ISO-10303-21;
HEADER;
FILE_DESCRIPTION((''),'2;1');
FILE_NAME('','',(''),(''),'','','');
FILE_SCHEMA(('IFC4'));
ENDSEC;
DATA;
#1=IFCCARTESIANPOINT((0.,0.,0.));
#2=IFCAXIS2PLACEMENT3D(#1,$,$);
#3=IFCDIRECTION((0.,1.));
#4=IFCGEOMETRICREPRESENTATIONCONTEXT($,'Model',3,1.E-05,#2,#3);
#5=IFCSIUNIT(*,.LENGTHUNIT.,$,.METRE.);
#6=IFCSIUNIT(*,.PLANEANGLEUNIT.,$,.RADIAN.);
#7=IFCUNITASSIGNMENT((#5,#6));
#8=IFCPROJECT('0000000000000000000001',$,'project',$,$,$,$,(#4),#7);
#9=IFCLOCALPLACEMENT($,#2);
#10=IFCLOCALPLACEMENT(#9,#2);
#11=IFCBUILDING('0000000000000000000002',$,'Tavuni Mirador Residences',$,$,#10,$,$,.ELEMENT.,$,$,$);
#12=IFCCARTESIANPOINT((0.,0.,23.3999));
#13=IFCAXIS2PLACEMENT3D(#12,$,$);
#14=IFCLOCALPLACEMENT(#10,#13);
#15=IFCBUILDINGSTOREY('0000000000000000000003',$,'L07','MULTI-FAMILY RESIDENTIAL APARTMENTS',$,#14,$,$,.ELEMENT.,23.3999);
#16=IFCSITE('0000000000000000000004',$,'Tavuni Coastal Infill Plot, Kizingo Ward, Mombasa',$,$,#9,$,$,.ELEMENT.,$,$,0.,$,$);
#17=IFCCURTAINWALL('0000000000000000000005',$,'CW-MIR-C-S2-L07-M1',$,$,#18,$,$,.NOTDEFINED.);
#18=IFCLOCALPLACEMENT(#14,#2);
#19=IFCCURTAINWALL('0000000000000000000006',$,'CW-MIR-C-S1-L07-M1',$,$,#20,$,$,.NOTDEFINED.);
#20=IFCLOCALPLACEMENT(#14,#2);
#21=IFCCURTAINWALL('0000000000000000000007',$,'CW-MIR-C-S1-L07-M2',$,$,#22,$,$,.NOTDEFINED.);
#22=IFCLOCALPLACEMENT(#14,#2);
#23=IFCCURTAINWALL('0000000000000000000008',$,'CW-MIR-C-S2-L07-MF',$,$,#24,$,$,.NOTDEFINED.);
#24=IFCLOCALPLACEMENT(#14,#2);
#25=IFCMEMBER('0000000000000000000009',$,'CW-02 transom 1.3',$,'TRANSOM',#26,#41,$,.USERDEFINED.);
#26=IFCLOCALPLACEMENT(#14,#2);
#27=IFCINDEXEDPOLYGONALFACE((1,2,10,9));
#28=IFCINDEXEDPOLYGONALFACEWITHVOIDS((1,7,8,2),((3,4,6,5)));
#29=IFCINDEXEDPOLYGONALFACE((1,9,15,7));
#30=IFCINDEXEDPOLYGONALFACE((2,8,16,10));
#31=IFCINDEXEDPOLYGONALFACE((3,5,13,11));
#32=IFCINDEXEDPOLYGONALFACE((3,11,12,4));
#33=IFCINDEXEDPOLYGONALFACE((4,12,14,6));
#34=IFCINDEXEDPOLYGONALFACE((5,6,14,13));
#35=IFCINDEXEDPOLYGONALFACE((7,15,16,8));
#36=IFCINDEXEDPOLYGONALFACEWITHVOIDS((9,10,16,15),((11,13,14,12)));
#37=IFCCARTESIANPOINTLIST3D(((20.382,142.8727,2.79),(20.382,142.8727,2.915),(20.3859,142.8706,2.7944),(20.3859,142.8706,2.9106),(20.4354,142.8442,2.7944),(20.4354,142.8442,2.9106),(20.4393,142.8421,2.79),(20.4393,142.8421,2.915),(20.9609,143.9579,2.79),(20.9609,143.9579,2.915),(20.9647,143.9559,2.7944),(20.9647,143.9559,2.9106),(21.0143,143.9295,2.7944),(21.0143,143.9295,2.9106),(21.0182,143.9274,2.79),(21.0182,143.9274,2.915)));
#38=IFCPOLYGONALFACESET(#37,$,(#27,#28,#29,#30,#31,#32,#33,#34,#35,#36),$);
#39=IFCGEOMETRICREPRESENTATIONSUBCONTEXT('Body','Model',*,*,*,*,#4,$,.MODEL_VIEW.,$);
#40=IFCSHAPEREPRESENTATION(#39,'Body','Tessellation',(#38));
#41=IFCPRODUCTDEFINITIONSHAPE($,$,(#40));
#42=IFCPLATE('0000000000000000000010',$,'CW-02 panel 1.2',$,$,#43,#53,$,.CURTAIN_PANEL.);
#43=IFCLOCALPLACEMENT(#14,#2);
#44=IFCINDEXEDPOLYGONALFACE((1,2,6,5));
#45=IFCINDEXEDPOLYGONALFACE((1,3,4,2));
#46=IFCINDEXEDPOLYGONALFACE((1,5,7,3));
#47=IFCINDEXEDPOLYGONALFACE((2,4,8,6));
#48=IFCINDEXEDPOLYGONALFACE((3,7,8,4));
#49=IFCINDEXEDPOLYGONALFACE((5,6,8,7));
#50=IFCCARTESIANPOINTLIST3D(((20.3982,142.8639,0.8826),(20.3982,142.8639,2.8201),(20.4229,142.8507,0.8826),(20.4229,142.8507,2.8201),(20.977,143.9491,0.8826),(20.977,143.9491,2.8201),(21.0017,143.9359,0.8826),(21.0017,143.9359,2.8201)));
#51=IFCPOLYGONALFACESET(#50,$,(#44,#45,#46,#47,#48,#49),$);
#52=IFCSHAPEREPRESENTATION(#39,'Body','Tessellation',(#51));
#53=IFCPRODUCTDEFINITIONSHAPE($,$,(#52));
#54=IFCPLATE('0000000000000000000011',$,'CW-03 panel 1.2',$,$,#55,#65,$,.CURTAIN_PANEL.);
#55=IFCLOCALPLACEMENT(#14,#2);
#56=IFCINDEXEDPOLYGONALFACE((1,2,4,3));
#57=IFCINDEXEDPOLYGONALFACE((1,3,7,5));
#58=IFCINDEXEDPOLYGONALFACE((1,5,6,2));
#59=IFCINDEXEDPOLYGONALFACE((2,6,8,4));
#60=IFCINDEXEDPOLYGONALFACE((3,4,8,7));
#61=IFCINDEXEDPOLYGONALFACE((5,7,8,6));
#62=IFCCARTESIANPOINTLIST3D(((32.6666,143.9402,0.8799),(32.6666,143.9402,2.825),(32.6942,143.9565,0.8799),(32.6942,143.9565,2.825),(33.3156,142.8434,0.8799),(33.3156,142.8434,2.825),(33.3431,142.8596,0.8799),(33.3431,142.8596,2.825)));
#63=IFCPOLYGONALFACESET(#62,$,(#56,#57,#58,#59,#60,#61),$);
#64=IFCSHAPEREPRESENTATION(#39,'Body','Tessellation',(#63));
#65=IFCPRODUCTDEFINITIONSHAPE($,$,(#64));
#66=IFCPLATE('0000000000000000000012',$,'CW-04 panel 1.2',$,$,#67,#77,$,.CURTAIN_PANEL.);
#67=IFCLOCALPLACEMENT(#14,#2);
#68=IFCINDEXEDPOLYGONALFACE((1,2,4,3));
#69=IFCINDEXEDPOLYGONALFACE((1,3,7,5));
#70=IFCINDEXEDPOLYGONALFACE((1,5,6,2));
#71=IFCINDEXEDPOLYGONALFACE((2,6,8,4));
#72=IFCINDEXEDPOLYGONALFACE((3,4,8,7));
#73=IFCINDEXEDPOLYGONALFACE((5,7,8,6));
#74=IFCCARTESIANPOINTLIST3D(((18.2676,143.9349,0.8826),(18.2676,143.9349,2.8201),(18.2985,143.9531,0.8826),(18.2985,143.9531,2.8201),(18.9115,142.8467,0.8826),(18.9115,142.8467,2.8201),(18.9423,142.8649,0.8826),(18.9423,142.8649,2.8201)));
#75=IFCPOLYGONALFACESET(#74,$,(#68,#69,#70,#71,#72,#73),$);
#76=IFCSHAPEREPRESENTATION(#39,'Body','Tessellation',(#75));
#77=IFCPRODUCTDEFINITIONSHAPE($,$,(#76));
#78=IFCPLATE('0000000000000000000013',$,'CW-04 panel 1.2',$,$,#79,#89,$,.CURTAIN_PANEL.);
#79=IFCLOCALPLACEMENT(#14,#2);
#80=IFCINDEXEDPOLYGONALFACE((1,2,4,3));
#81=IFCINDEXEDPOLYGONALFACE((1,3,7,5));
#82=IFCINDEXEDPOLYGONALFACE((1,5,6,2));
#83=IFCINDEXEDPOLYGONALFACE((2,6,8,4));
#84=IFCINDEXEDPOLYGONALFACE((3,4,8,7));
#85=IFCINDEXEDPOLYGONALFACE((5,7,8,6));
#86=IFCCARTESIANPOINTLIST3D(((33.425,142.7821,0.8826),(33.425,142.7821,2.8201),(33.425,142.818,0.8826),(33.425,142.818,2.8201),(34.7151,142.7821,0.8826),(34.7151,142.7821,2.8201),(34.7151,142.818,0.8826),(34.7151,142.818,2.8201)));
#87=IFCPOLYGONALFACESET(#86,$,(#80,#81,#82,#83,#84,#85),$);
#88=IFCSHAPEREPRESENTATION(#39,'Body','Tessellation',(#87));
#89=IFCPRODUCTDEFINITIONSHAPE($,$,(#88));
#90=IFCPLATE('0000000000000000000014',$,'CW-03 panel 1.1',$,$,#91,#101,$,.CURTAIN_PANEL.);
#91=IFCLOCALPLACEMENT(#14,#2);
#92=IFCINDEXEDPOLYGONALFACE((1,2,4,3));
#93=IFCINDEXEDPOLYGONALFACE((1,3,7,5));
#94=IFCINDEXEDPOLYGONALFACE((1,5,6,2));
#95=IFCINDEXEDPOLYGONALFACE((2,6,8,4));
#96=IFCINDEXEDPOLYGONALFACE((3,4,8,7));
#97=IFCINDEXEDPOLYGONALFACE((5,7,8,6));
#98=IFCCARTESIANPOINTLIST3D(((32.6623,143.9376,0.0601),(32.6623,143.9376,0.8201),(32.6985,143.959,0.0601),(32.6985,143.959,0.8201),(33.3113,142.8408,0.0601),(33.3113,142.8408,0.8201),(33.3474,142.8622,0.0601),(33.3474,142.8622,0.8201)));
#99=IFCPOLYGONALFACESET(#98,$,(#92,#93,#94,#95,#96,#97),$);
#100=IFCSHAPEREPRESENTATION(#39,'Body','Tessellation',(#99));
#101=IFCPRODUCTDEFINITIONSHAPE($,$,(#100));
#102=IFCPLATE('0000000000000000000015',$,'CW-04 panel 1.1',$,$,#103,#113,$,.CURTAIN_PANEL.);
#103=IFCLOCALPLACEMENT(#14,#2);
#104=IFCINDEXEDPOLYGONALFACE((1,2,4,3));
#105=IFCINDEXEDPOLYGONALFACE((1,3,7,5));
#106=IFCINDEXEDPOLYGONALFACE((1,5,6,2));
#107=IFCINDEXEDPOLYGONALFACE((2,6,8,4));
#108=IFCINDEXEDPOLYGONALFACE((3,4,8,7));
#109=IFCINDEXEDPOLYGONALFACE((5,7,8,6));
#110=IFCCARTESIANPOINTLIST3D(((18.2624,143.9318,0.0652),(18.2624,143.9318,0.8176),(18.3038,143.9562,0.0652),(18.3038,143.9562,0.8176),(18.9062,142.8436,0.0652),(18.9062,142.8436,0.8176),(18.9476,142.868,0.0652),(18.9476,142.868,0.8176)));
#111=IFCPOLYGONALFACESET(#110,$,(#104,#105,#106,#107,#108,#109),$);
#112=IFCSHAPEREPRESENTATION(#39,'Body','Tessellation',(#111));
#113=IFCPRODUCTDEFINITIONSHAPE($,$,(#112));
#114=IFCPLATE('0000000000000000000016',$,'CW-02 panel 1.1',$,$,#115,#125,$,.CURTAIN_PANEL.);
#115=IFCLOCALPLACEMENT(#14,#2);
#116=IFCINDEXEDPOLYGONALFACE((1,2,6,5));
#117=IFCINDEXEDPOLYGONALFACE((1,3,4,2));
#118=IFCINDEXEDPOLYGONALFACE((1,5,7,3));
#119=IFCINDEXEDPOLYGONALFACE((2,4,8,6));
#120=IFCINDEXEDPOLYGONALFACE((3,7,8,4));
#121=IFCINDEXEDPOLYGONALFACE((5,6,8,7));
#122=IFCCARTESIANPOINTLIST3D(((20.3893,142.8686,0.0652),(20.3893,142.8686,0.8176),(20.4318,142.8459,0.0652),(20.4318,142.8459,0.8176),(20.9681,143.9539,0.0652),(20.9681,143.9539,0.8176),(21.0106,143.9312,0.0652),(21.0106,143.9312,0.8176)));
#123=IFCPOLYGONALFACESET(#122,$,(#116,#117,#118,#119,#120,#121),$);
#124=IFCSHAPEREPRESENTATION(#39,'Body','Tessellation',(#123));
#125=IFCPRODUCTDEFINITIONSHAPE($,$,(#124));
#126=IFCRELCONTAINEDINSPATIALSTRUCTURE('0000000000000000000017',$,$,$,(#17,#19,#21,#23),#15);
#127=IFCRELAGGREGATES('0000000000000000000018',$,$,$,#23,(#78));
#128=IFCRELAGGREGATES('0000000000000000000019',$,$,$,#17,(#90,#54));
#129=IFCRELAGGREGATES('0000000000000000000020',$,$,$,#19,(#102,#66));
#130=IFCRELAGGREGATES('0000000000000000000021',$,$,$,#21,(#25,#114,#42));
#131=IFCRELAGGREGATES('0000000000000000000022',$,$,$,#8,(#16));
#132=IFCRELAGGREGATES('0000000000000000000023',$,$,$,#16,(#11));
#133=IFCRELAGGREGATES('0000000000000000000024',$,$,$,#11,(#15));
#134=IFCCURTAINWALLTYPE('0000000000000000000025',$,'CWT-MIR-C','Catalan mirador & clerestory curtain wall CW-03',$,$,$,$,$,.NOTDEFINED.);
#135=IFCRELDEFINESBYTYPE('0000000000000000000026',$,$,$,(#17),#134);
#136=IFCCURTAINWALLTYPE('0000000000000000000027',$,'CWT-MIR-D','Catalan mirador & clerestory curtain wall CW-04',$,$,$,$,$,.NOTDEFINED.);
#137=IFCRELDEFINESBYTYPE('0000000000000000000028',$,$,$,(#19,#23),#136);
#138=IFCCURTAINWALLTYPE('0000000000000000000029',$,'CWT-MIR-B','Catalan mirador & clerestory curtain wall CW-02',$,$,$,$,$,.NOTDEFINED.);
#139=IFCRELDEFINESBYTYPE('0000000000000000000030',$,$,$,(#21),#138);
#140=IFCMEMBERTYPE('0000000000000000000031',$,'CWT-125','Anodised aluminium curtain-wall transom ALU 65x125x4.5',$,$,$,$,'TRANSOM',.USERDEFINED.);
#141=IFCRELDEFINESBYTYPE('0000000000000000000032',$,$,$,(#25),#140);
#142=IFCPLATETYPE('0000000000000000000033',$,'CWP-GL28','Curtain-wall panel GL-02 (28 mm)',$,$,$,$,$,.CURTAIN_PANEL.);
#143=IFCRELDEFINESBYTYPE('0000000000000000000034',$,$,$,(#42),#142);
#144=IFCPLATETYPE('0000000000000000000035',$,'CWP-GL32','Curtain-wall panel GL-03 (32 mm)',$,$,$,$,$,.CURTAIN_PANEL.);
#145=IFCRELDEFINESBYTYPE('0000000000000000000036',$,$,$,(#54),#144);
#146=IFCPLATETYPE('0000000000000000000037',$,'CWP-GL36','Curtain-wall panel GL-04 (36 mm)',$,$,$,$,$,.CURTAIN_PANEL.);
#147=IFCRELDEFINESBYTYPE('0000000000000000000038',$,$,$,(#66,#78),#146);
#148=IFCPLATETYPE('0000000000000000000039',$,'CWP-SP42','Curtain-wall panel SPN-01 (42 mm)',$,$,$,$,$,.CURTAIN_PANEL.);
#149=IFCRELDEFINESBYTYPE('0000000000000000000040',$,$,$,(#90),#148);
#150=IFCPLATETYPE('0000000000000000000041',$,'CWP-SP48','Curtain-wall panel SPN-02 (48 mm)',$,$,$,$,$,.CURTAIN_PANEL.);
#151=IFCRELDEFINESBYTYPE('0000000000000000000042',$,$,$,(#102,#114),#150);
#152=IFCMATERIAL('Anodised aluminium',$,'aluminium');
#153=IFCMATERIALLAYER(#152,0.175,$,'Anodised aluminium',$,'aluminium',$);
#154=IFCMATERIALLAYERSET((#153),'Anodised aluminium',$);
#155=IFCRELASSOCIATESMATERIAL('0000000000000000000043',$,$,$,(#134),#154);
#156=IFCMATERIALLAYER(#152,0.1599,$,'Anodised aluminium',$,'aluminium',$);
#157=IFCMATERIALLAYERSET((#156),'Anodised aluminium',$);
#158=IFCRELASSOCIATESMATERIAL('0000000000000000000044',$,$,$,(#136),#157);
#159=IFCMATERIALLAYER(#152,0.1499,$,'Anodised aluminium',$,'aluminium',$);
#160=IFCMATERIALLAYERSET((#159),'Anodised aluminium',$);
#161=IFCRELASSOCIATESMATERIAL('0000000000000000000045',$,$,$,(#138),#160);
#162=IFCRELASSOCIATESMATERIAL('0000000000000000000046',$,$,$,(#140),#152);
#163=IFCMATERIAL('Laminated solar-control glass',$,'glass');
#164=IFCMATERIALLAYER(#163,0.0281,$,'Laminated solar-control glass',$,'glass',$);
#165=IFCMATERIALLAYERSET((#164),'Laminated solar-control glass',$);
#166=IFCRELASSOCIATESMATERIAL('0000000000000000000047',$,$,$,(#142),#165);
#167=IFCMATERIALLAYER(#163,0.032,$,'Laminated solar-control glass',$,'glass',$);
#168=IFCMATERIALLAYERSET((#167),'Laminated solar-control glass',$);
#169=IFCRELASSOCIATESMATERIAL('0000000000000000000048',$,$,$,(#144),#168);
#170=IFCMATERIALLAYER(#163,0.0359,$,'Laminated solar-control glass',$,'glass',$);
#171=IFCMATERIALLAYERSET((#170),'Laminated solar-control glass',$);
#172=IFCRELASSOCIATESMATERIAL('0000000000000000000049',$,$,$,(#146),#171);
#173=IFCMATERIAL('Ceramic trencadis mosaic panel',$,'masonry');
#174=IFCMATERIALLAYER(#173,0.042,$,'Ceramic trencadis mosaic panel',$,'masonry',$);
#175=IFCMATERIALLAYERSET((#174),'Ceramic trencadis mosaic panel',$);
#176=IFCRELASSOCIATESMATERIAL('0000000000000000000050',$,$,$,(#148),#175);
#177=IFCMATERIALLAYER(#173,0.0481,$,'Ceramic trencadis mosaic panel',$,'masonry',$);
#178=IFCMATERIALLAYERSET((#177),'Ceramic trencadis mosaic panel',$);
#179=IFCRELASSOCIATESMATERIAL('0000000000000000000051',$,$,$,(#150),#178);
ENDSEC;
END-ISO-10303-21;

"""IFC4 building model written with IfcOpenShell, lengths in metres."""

from ifc_helpers import new_model, si_unit, direction, frame, origin, origin_2d, place, context, subcontext, project, spatial, rectangle, hollow_rectangle, extrude, material, layer, layer_set, material_profile, profile_set, type_object, element, aggregate, save


model = new_model("IFC4")

# Units and contexts
model_context = context("Model", 3, precision=1e-05, world=origin(), true_north=direction((0.0, 1.0)))
body_context = subcontext(model_context, "Body", "Model", "MODEL_VIEW")
ifc_project = project(units=[si_unit("LENGTHUNIT", "METRE"), si_unit("PLANEANGLEUNIT", "RADIAN")], contexts=[model_context])

# Site, building, storey
site_placement = place(None, origin())
site = spatial("IfcSite", under=ifc_project, at=site_placement, Name="Tavuni Coastal Infill Plot, Kizingo Ward, Mombasa", CompositionType="ELEMENT", RefElevation=0.0)
building_placement = place(site_placement, origin())
building = spatial("IfcBuilding", under=site, at=building_placement, Name="Tavuni Mirador Residences", CompositionType="ELEMENT")
storey_placement = place(building_placement, frame((0.0, 0.0, 23.3999)))
storey = spatial("IfcBuildingStorey", under=building, at=storey_placement, Name="L07", Description="MULTI-FAMILY RESIDENTIAL APARTMENTS", CompositionType="ELEMENT", Elevation=23.3999)

# Curtain walls
ifc_material_1 = material(Name="Anodised aluminium", Category="aluminium")
ifc_layer_1 = layer(ifc_material_1, 0.175, Name="Anodised aluminium", Category="aluminium")
ifc_layer_set_1 = layer_set([ifc_layer_1], Name="Anodised aluminium")
curtain_wall_type_1 = type_object("IfcCurtainWallType", Name="CWT-MIR-C", Description="Catalan mirador & clerestory curtain wall CW-03", PredefinedType="NOTDEFINED", material=ifc_layer_set_1)
curtain_wall_1_placement = place(storey_placement, origin())
curtain_wall_1 = element("IfcCurtainWall", 1, at=curtain_wall_1_placement, inside=storey, type_object=curtain_wall_type_1, Name="CW-MIR-C-S2-L07-M1", PredefinedType="NOTDEFINED")
ifc_layer_2 = layer(ifc_material_1, 0.1599, Name="Anodised aluminium", Category="aluminium")
ifc_layer_set_2 = layer_set([ifc_layer_2], Name="Anodised aluminium")
curtain_wall_type_2 = type_object("IfcCurtainWallType", Name="CWT-MIR-D", Description="Catalan mirador & clerestory curtain wall CW-04", PredefinedType="NOTDEFINED", material=ifc_layer_set_2)
curtain_wall_2_placement = place(storey_placement, origin())
curtain_wall_2 = element("IfcCurtainWall", 2, at=curtain_wall_2_placement, inside=storey, type_object=curtain_wall_type_2, Name="CW-MIR-C-S1-L07-M1", PredefinedType="NOTDEFINED")
ifc_layer_3 = layer(ifc_material_1, 0.1499, Name="Anodised aluminium", Category="aluminium")
ifc_layer_set_3 = layer_set([ifc_layer_3], Name="Anodised aluminium")
curtain_wall_type_3 = type_object("IfcCurtainWallType", Name="CWT-MIR-B", Description="Catalan mirador & clerestory curtain wall CW-02", PredefinedType="NOTDEFINED", material=ifc_layer_set_3)
curtain_wall_3_placement = place(storey_placement, origin())
curtain_wall_3 = element("IfcCurtainWall", 3, at=curtain_wall_3_placement, inside=storey, type_object=curtain_wall_type_3, Name="CW-MIR-C-S1-L07-M2", PredefinedType="NOTDEFINED")
curtain_wall_4_placement = place(storey_placement, origin())
curtain_wall_4 = element("IfcCurtainWall", 4, at=curtain_wall_4_placement, inside=storey, type_object=curtain_wall_type_2, Name="CW-MIR-C-S2-L07-MF", PredefinedType="NOTDEFINED")

# Member
ifc_material_profile_1 = material_profile(ifc_material_1, hollow_rectangle(XDim=0.0649, YDim=0.125, WallThickness=0.0044, at=origin_2d()), Name="ALU 65x125x4.5", Category="aluminium")
ifc_profile_set_1 = profile_set([ifc_material_profile_1], Name="Anodised aluminium")
member_type_1 = type_object("IfcMemberType", Name="CWT-125", Description="Anodised aluminium curtain-wall transom ALU 65x125x4.5", ElementType="TRANSOM", PredefinedType="USERDEFINED", material=ifc_profile_set_1)
member_1_placement = place(storey_placement, frame((20.4106, 142.8574, 2.8525), z_axis=(0.47064, 0.882325, 0.0), x_axis=(-0.882325, 0.47064, 0.0)))
member_1 = element("IfcMember", 5, at=member_1_placement, type_object=member_type_1, Name="CW-02 transom 1.3", ObjectType="TRANSOM", PredefinedType="USERDEFINED", context=body_context, shape_type="SweptSolid", body=[
    extrude(hollow_rectangle(XDim=0.0649, YDim=0.125, WallThickness=0.0044, at=origin_2d()), origin(), (0.0, 0.0, 1.0), 1.23),
])

# Plates
ifc_material_2 = material(Name="Laminated solar-control glass", Category="glass")
ifc_layer_4 = layer(ifc_material_2, 0.0281, Name="Laminated solar-control glass", Category="glass")
ifc_layer_set_4 = layer_set([ifc_layer_4], Name="Laminated solar-control glass")
plate_type_1 = type_object("IfcPlateType", Name="CWP-GL28", Description="Curtain-wall panel GL-02 (28 mm)", PredefinedType="CURTAIN_PANEL", material=ifc_layer_set_4)
plate_1_placement = place(storey_placement, frame((20.7, 143.3999, 0.8826), z_axis=(0.0, 0.0, 1.0), x_axis=(0.470588, 0.882353, 0.0)))
plate_1 = element("IfcPlate", 6, at=plate_1_placement, type_object=plate_type_1, Name="CW-02 panel 1.2", PredefinedType="CURTAIN_PANEL", context=body_context, shape_type="SweptSolid", body=[
    extrude(rectangle(XDim=1.23, YDim=0.0281, at=origin_2d()), origin(), (0.0, 0.0, 1.0), 1.9375),
])
ifc_layer_5 = layer(ifc_material_2, 0.032, Name="Laminated solar-control glass", Category="glass")
ifc_layer_set_5 = layer_set([ifc_layer_5], Name="Laminated solar-control glass")
plate_type_2 = type_object("IfcPlateType", Name="CWP-GL32", Description="Curtain-wall panel GL-03 (32 mm)", PredefinedType="CURTAIN_PANEL", material=ifc_layer_set_5)
plate_2_placement = place(storey_placement, frame((33.0049, 143.3999, 0.8799), z_axis=(0.0, 0.0, 1.0), x_axis=(0.509212, -0.860641, 0.0)))
plate_2 = element("IfcPlate", 7, at=plate_2_placement, type_object=plate_type_2, Name="CW-03 panel 1.2", PredefinedType="CURTAIN_PANEL", context=body_context, shape_type="SweptSolid", body=[
    extrude(rectangle(XDim=1.2744, YDim=0.032, at=origin_2d()), origin(), (0.0, 0.0, 1.0), 1.9451),
])
ifc_layer_6 = layer(ifc_material_2, 0.0359, Name="Laminated solar-control glass", Category="glass")
ifc_layer_set_6 = layer_set([ifc_layer_6], Name="Laminated solar-control glass")
plate_type_3 = type_object("IfcPlateType", Name="CWP-GL36", Description="Curtain-wall panel GL-04 (36 mm)", PredefinedType="CURTAIN_PANEL", material=ifc_layer_set_6)
plate_3_placement = place(storey_placement, frame((18.605, 143.3999, 0.8826), z_axis=(0.0, 0.0, 1.0), x_axis=(0.509212, -0.860641, 0.0)))
plate_3 = element("IfcPlate", 8, at=plate_3_placement, type_object=plate_type_3, Name="CW-04 panel 1.2", PredefinedType="CURTAIN_PANEL", context=body_context, shape_type="SweptSolid", body=[
    extrude(rectangle(XDim=1.2644, YDim=0.0359, at=origin_2d()), origin(), (0.0, 0.0, 1.0), 1.9375),
])
plate_4_placement = place(storey_placement, frame((34.0701, 142.8, 0.8826), z_axis=(0.0, 0.0, 1.0), x_axis=(1.0, 0.0, 0.0)))
plate_4 = element("IfcPlate", 9, at=plate_4_placement, type_object=plate_type_3, Name="CW-04 panel 1.2", PredefinedType="CURTAIN_PANEL", context=body_context, shape_type="SweptSolid", body=[
    extrude(rectangle(XDim=1.29, YDim=0.0359, at=origin_2d()), origin(), (0.0, 0.0, 1.0), 1.9375),
])
aggregate(curtain_wall_4, [plate_4])
ifc_material_3 = material(Name="Ceramic trencadis mosaic panel", Category="masonry")
ifc_layer_7 = layer(ifc_material_3, 0.042, Name="Ceramic trencadis mosaic panel", Category="masonry")
ifc_layer_set_7 = layer_set([ifc_layer_7], Name="Ceramic trencadis mosaic panel")
plate_type_4 = type_object("IfcPlateType", Name="CWP-SP42", Description="Curtain-wall panel SPN-01 (42 mm)", PredefinedType="CURTAIN_PANEL", material=ifc_layer_set_7)
plate_5_placement = place(storey_placement, frame((33.0049, 143.3999, 0.0601), z_axis=(0.0, 0.0, 1.0), x_axis=(0.509212, -0.860641, 0.0)))
plate_5 = element("IfcPlate", 10, at=plate_5_placement, type_object=plate_type_4, Name="CW-03 panel 1.1", PredefinedType="CURTAIN_PANEL", context=body_context, shape_type="SweptSolid", body=[
    extrude(rectangle(XDim=1.2744, YDim=0.042, at=origin_2d()), origin(), (0.0, 0.0, 1.0), 0.76),
])
aggregate(curtain_wall_1, [plate_5, plate_2])
ifc_layer_8 = layer(ifc_material_3, 0.0481, Name="Ceramic trencadis mosaic panel", Category="masonry")
ifc_layer_set_8 = layer_set([ifc_layer_8], Name="Ceramic trencadis mosaic panel")
plate_type_5 = type_object("IfcPlateType", Name="CWP-SP48", Description="Curtain-wall panel SPN-02 (48 mm)", PredefinedType="CURTAIN_PANEL", material=ifc_layer_set_8)
plate_6_placement = place(storey_placement, frame((18.605, 143.3999, 0.0652), z_axis=(0.0, 0.0, 1.0), x_axis=(0.509212, -0.860641, 0.0)))
plate_6 = element("IfcPlate", 11, at=plate_6_placement, type_object=plate_type_5, Name="CW-04 panel 1.1", PredefinedType="CURTAIN_PANEL", context=body_context, shape_type="SweptSolid", body=[
    extrude(rectangle(XDim=1.2644, YDim=0.0481, at=origin_2d()), origin(), (0.0, 0.0, 1.0), 0.7524),
])
aggregate(curtain_wall_2, [plate_6, plate_3])
plate_7_placement = place(storey_placement, frame((20.7, 143.3999, 0.0652), z_axis=(0.0, 0.0, 1.0), x_axis=(0.470588, 0.882353, 0.0)))
plate_7 = element("IfcPlate", 12, at=plate_7_placement, type_object=plate_type_5, Name="CW-02 panel 1.1", PredefinedType="CURTAIN_PANEL", context=body_context, shape_type="SweptSolid", body=[
    extrude(rectangle(XDim=1.23, YDim=0.0481, at=origin_2d()), origin(), (0.0, 0.0, 1.0), 0.7524),
])
aggregate(curtain_wall_3, [member_1, plate_7, plate_1])

save(model, "model.ifc")
